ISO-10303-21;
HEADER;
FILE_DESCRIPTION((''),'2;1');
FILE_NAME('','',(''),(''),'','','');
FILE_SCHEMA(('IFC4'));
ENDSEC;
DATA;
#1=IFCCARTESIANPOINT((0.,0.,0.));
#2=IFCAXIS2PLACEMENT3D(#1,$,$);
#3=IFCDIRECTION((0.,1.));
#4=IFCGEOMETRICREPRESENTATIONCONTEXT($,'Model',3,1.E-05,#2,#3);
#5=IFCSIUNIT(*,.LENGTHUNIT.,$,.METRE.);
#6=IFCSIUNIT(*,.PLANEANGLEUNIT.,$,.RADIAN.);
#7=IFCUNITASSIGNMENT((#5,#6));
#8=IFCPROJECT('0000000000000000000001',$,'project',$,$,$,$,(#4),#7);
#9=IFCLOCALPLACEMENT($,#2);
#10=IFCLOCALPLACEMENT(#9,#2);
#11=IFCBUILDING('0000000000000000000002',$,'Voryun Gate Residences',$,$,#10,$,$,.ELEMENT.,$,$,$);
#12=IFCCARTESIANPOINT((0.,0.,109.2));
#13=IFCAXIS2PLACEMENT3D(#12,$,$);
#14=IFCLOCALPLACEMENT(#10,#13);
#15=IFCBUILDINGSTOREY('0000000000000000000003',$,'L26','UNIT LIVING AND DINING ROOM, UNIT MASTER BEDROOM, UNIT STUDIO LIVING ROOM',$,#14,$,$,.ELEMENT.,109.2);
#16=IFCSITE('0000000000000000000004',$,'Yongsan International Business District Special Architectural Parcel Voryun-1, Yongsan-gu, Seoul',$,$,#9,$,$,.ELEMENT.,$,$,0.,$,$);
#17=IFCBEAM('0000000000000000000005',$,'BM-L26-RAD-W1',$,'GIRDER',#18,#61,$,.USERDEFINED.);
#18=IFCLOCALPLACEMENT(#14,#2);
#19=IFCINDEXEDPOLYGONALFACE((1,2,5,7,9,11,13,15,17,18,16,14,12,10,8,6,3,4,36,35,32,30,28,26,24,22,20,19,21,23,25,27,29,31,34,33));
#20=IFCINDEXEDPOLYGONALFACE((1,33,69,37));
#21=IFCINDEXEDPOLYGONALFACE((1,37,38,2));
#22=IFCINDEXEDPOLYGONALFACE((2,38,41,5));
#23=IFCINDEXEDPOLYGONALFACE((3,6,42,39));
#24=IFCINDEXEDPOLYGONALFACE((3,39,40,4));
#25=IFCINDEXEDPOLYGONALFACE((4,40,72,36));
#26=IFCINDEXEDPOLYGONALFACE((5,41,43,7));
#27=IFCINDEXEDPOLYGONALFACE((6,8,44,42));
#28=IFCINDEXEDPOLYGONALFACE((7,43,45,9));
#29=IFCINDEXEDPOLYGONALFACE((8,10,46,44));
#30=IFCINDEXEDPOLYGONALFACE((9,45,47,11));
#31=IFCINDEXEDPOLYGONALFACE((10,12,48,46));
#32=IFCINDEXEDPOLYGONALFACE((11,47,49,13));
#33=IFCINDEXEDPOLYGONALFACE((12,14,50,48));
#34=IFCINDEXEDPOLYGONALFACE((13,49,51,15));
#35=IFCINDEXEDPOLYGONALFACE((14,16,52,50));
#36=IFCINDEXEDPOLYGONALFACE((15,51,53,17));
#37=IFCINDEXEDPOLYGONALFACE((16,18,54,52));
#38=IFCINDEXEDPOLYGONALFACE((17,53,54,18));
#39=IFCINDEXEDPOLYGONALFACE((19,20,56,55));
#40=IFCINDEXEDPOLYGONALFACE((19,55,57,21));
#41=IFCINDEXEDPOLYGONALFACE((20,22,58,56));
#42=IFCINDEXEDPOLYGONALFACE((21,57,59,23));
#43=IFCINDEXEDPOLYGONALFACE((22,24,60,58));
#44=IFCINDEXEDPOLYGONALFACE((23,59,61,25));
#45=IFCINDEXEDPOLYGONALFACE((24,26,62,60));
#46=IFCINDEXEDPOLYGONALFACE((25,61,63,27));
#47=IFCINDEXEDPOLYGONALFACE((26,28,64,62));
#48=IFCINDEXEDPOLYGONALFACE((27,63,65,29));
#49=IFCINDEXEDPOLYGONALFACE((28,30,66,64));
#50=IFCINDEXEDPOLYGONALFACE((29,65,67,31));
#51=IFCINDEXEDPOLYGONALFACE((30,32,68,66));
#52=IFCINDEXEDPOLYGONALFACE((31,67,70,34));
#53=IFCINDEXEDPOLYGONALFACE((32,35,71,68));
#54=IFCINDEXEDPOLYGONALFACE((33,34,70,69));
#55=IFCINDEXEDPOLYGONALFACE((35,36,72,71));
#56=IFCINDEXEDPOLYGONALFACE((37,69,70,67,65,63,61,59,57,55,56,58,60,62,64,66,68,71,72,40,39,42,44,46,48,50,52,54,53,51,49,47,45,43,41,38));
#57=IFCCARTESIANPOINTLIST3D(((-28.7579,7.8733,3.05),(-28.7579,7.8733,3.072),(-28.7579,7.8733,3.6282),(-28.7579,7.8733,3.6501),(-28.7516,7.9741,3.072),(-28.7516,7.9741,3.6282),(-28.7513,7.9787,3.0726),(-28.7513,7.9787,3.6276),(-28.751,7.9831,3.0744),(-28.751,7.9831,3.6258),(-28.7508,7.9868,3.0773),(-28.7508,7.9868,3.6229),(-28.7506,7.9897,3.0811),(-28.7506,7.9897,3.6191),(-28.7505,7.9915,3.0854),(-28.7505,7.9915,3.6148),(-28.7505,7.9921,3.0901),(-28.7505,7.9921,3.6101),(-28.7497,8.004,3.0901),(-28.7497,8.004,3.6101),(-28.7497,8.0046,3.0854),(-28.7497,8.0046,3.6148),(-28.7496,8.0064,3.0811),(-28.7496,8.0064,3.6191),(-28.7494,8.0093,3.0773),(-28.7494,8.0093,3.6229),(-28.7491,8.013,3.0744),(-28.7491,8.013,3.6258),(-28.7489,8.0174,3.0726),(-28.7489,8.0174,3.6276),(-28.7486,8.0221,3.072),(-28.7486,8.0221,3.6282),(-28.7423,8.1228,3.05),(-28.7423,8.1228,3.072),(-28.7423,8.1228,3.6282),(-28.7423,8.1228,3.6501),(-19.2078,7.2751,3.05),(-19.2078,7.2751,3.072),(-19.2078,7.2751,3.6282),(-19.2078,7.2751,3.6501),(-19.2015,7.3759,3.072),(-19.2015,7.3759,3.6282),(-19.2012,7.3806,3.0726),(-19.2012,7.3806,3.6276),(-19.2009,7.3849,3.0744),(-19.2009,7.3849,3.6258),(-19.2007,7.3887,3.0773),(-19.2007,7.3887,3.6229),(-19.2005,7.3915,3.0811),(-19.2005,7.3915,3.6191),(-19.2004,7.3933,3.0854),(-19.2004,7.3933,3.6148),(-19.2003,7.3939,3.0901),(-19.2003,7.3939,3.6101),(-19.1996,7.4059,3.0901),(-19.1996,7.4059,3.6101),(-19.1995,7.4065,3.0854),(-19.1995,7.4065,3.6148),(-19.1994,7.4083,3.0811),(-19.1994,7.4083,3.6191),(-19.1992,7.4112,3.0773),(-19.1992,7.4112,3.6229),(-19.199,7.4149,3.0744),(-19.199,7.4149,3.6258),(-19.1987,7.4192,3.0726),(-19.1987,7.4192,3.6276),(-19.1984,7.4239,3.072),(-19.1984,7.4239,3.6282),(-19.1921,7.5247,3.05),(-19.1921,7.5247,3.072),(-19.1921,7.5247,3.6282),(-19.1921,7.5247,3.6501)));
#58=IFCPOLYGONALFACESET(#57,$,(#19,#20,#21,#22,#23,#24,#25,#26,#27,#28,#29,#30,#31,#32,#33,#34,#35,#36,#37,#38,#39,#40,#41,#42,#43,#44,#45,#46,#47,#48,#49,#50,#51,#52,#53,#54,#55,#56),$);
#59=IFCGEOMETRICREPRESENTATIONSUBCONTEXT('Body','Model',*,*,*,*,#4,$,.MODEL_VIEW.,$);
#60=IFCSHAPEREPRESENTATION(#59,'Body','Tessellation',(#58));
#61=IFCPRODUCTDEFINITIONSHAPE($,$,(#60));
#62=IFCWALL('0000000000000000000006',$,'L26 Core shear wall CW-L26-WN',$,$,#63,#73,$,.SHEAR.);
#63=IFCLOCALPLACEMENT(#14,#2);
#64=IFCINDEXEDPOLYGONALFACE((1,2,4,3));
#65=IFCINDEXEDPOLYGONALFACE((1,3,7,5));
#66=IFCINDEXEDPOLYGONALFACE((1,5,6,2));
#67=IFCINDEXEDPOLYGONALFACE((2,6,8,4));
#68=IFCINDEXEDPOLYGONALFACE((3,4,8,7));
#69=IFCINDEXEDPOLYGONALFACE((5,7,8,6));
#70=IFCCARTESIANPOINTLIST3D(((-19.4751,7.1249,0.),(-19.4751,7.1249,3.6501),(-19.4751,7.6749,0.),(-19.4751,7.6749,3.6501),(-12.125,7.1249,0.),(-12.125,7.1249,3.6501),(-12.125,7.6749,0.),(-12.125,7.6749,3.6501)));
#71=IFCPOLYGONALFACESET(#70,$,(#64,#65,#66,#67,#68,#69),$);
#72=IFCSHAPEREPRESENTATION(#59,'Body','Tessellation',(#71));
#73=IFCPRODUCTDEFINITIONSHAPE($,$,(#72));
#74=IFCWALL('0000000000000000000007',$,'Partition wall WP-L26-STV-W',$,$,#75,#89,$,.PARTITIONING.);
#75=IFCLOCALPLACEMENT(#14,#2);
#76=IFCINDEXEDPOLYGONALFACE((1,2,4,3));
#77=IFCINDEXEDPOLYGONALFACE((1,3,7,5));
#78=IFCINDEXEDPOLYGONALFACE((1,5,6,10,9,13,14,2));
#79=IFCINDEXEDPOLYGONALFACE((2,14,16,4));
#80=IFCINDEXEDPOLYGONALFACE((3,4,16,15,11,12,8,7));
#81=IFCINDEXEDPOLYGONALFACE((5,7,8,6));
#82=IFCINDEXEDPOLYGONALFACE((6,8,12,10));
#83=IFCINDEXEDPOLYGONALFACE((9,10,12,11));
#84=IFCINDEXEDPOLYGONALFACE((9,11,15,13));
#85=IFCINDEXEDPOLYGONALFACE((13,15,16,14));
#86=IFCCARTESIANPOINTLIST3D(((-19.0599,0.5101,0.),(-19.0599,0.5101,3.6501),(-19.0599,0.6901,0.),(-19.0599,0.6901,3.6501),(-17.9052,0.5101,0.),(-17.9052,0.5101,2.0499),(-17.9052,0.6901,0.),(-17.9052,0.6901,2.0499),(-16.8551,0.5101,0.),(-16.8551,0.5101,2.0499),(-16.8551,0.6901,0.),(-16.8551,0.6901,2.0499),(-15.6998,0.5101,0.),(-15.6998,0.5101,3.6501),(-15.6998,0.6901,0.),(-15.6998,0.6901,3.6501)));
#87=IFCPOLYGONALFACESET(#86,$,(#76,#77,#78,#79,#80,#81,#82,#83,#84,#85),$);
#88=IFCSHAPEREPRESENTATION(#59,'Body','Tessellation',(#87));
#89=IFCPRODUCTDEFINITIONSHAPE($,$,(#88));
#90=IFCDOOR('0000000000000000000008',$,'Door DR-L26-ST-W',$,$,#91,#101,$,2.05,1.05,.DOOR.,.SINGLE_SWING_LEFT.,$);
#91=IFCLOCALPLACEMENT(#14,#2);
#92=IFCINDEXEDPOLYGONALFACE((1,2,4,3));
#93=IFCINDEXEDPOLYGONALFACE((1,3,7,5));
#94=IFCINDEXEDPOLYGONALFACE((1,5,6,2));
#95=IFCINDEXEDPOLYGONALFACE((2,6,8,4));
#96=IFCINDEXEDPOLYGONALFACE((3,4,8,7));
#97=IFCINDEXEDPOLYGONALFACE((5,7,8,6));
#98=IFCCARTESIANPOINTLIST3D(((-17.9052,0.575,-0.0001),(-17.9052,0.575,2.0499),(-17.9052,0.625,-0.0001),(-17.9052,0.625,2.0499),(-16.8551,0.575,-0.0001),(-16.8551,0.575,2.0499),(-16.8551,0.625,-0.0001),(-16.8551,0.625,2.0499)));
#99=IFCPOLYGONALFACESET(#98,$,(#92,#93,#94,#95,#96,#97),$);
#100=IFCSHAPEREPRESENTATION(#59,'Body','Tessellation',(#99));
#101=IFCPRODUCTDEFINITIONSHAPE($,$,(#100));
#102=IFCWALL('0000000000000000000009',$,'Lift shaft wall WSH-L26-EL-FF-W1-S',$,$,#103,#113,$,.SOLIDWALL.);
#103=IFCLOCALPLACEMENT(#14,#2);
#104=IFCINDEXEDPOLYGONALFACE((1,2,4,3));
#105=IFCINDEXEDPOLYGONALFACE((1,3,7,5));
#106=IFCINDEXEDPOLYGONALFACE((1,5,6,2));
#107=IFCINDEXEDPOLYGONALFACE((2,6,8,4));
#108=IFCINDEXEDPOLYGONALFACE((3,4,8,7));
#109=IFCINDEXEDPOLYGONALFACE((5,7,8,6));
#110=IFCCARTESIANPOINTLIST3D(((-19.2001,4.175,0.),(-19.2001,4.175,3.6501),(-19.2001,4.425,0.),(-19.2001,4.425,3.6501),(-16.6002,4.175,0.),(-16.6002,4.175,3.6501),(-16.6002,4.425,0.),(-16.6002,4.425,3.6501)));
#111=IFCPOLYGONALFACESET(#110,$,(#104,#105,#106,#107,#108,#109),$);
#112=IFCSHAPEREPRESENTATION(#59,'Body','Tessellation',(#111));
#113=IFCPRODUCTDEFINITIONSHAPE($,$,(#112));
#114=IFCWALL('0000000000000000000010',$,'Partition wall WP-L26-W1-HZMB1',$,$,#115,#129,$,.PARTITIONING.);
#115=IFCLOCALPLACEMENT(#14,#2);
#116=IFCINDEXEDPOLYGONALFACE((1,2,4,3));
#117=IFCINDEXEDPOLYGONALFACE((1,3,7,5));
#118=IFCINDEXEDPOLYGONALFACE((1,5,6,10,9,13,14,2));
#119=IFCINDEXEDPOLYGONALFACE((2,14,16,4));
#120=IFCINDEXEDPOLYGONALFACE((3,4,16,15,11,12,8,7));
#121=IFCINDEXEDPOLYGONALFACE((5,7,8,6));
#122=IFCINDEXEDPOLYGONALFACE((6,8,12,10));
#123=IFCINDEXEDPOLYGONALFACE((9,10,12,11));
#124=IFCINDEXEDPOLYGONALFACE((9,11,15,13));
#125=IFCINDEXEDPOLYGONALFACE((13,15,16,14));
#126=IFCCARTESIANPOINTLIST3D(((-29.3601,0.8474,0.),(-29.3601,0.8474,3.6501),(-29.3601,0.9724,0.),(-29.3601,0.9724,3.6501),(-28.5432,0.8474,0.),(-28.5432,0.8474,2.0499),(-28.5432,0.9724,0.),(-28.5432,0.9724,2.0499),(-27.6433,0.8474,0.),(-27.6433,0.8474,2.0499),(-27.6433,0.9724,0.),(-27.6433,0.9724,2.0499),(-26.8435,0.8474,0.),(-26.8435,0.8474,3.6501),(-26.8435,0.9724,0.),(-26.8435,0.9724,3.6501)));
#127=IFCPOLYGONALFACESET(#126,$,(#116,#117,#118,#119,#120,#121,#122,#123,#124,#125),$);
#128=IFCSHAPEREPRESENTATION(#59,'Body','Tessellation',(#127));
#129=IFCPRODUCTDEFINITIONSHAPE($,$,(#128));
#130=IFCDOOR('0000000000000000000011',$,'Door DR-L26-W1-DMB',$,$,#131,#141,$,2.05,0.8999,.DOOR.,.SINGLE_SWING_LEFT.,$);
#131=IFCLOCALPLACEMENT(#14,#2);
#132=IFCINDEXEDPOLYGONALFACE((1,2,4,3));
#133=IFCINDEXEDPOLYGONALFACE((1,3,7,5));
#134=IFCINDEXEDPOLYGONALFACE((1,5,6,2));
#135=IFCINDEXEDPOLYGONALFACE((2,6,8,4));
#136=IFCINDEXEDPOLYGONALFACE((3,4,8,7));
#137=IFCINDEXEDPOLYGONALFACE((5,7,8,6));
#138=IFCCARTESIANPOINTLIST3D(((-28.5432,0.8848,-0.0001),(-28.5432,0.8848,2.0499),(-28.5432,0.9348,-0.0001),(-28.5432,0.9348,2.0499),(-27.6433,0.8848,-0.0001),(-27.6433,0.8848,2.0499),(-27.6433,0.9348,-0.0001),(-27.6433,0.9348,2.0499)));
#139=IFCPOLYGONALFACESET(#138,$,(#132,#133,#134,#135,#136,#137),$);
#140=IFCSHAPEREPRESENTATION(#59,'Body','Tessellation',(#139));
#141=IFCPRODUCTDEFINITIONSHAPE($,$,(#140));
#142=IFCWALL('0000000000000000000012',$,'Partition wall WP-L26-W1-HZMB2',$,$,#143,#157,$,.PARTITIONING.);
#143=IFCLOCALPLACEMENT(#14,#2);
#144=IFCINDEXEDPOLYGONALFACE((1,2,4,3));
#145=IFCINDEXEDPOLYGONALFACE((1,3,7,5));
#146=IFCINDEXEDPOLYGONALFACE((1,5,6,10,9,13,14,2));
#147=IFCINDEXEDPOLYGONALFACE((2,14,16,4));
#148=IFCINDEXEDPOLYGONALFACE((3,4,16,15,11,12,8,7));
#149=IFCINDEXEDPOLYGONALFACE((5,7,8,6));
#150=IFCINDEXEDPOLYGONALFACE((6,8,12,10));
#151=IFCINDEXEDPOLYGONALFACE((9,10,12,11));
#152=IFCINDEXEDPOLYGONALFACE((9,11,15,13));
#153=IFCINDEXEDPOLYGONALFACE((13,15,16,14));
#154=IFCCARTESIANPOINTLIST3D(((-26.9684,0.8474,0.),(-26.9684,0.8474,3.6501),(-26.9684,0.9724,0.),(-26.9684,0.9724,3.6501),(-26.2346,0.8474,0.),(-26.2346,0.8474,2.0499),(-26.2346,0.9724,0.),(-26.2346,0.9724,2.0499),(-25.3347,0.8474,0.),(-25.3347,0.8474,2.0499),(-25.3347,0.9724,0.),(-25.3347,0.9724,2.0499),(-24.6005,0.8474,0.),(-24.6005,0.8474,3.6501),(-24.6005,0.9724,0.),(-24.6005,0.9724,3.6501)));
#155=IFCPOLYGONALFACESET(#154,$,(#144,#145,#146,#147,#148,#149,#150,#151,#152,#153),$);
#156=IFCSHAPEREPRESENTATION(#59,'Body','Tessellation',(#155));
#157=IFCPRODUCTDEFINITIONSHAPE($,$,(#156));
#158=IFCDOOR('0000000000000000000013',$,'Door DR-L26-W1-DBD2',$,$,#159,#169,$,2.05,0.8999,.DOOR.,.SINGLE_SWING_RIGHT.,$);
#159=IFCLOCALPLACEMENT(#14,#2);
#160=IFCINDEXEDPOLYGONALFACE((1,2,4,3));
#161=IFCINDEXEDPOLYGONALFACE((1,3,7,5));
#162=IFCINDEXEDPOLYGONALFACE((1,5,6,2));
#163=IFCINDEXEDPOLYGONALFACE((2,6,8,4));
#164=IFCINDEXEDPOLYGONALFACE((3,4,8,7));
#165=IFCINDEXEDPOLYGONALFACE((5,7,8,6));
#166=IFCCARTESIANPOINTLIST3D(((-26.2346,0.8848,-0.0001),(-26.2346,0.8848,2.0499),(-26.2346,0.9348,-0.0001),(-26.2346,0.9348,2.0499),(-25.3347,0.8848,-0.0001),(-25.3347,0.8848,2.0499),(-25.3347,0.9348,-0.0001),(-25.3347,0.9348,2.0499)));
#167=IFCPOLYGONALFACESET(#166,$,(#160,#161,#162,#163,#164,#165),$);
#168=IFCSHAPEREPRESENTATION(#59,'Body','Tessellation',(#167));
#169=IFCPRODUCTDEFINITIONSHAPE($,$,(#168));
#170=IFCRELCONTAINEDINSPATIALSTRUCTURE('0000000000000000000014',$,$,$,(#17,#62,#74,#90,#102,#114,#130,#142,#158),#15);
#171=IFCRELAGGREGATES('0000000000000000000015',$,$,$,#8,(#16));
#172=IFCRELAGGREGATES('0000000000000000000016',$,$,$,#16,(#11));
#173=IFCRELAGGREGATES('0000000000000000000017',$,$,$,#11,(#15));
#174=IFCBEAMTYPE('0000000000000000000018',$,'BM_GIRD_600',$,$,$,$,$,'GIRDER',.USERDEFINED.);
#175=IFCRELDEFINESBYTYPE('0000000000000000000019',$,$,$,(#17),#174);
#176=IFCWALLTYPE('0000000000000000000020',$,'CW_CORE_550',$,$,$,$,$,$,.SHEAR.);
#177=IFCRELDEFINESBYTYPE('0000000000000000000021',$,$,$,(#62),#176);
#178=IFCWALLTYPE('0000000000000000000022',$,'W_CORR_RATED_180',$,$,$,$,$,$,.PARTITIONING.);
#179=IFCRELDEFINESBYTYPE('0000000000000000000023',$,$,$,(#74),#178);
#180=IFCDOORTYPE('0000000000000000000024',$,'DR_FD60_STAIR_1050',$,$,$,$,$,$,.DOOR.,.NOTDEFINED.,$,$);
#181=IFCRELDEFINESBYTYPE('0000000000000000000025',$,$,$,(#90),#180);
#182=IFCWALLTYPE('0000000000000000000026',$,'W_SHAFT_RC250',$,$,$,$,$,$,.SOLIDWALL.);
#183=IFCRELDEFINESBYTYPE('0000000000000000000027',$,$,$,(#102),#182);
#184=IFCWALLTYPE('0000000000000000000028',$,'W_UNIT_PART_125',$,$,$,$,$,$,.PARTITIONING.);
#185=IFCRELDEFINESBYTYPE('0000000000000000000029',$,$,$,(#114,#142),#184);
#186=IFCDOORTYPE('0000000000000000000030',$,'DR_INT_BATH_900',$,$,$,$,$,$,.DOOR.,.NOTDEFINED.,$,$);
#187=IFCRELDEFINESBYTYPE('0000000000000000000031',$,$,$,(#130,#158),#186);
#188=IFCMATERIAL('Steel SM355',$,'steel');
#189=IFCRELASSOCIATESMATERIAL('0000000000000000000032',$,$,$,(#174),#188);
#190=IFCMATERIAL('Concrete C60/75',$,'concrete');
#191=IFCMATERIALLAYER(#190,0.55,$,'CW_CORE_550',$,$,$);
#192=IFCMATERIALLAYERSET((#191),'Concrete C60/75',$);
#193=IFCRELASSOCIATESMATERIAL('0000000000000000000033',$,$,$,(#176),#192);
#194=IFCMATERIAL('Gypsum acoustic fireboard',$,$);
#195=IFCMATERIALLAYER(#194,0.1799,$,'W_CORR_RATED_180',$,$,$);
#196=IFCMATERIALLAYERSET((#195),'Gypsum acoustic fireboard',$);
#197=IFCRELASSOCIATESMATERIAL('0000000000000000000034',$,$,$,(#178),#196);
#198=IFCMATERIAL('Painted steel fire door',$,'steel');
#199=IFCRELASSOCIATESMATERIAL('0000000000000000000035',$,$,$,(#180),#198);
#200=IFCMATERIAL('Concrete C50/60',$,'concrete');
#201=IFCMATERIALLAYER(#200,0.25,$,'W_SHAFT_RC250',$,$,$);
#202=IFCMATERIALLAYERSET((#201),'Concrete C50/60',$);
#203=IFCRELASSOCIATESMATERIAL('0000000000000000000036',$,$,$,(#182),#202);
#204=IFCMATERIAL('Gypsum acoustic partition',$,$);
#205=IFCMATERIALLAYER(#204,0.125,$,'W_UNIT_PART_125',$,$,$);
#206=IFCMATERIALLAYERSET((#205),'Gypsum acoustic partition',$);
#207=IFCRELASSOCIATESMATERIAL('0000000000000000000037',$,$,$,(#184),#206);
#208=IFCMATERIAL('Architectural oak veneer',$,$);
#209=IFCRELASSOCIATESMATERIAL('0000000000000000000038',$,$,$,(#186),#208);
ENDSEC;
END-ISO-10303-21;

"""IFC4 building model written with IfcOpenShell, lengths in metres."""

from ifc_helpers import new_model, si_unit, direction, frame, frame_2d, origin, origin_2d, place, context, subcontext, project, spatial, rectangle, i_section, extrude, material, layer, layer_set, material_profile, profile_set, type_object, element, fill, save


model = new_model("IFC4")

# Units and contexts
model_context = context("Model", 3, precision=1e-05, world=origin(), true_north=direction((0.0, 1.0)))
body_context = subcontext(model_context, "Body", "Model", "MODEL_VIEW")
ifc_project = project(units=[si_unit("LENGTHUNIT", "METRE"), si_unit("PLANEANGLEUNIT", "RADIAN")], contexts=[model_context])

# Site, building, storey
site_placement = place(None, origin())
site = spatial("IfcSite", under=ifc_project, at=site_placement, Name="Yongsan International Business District Special Architectural Parcel Voryun-1, Yongsan-gu, Seoul", CompositionType="ELEMENT", RefElevation=0.0)
building_placement = place(site_placement, origin())
building = spatial("IfcBuilding", under=site, at=building_placement, Name="Voryun Gate Residences", CompositionType="ELEMENT")
storey_placement = place(building_placement, frame((0.0, 0.0, 109.2)))
storey = spatial("IfcBuildingStorey", under=building, at=storey_placement, Name="L26", Description="UNIT LIVING AND DINING ROOM, UNIT MASTER BEDROOM, UNIT STUDIO LIVING ROOM", CompositionType="ELEMENT", Elevation=109.2)

# Beam
ifc_material_1 = material(Name="Steel SM355", Category="steel")
ifc_material_profile_1 = material_profile(ifc_material_1, i_section(OverallWidth=0.25, OverallDepth=0.6001, WebThickness=0.012, FlangeThickness=0.022, FilletRadius=0.0181, at=origin_2d()), Name="H-600x250x12x22")
ifc_profile_set_1 = profile_set([ifc_material_profile_1], Name="Steel SM355")
beam_type_1 = type_object("IfcBeamType", Name="BM_GIRD_600", ElementType="GIRDER", PredefinedType="USERDEFINED", material=ifc_profile_set_1)
beam_1_placement = place(storey_placement, frame((-19.2, 7.3999, 3.3501), z_axis=(-0.998044, 0.06251, 0.0), x_axis=(-0.06251, -0.998044, 0.0)))
element("IfcBeam", 1, at=beam_1_placement, inside=storey, type_object=beam_type_1, Name="BM-L26-RAD-W1", ObjectType="GIRDER", PredefinedType="USERDEFINED", context=body_context, shape_type="SweptSolid", body=[
    extrude(i_section(OverallWidth=0.25, OverallDepth=0.6001, WebThickness=0.012, FlangeThickness=0.022, FilletRadius=0.0181, at=origin_2d()), origin(), (0.0, 0.0, 1.0), 9.5688),
])

# Wall
ifc_material_2 = material(Name="Concrete C60/75", Category="concrete")
ifc_layer_1 = layer(ifc_material_2, 0.55, Name="CW_CORE_550")
ifc_layer_set_1 = layer_set([ifc_layer_1], Name="Concrete C60/75")
wall_type_1 = type_object("IfcWallType", Name="CW_CORE_550", PredefinedType="SHEAR", material=ifc_layer_set_1)
wall_1_placement = place(storey_placement, frame((-19.4751, 7.3999, 0.0), z_axis=(0.0, 0.0, 1.0), x_axis=(1.0, 0.0, 0.0)))
element("IfcWall", 2, at=wall_1_placement, inside=storey, type_object=wall_type_1, Name="L26 Core shear wall CW-L26-WN", PredefinedType="SHEAR", context=body_context, shape_type="SweptSolid", body=[
    extrude(rectangle(XDim=7.3501, YDim=0.55, at=frame_2d((3.675, 0.0))), origin(), (0.0, 0.0, 1.0), 3.6501),
])

# Wall, opening, door
ifc_material_3 = material(Name="Gypsum acoustic fireboard")
ifc_layer_2 = layer(ifc_material_3, 0.1799, Name="W_CORR_RATED_180")
ifc_layer_set_2 = layer_set([ifc_layer_2], Name="Gypsum acoustic fireboard")
wall_type_2 = type_object("IfcWallType", Name="W_CORR_RATED_180", PredefinedType="PARTITIONING", material=ifc_layer_set_2)
wall_2_placement = place(storey_placement, frame((-19.0601, 0.6001, 0.0), z_axis=(0.0, 0.0, 1.0), x_axis=(1.0, 0.0, 0.0)))
wall_2 = element("IfcWall", 3, at=wall_2_placement, inside=storey, type_object=wall_type_2, Name="Partition wall WP-L26-STV-W", PredefinedType="PARTITIONING", context=body_context, shape_type="SweptSolid", body=[
    extrude(rectangle(XDim=3.3601, YDim=0.1799, at=frame_2d((1.6802, 0.0))), origin(), (0.0, 0.0, 1.0), 3.6501),
])
opening_1_placement = place(wall_2_placement, frame((1.155, 0.0, 0.0)))
opening_1 = element("IfcOpeningElement", 4, at=opening_1_placement, cuts=wall_2, PredefinedType="OPENING", context=body_context, shape_type="SweptSolid", body=[
    extrude(rectangle(XDim=1.05, YDim=2.05, at=frame_2d((0.5249, 1.0249))), frame((0.0, 0.0999, 0.0), z_axis=(0.0, -1.0, 0.0), x_axis=(1.0, 0.0, 0.0)), (0.0, 0.0, 1.0), 0.2),
])
ifc_material_4 = material(Name="Painted steel fire door", Category="steel")
door_type_1 = type_object("IfcDoorType", Name="DR_FD60_STAIR_1050", OperationType="NOTDEFINED", PredefinedType="DOOR", material=ifc_material_4)
door_1_placement = place(opening_1_placement, origin())
door_1 = element("IfcDoor", 5, at=door_1_placement, inside=storey, type_object=door_type_1, Name="Door DR-L26-ST-W", OperationType="SINGLE_SWING_LEFT", OverallHeight=2.05, OverallWidth=1.05, PredefinedType="DOOR", context=body_context, shape_type="SweptSolid", body=[
    extrude(rectangle(XDim=1.05, YDim=2.05, at=frame_2d((0.5249, 1.0249))), frame((0.0, 0.0249, 0.0), z_axis=(0.0, -1.0, 0.0), x_axis=(1.0, 0.0, 0.0)), (0.0, 0.0, 1.0), 0.05),
])
fill(opening_1, door_1)

# Wall
ifc_material_5 = material(Name="Concrete C50/60", Category="concrete")
ifc_layer_3 = layer(ifc_material_5, 0.25, Name="W_SHAFT_RC250")
ifc_layer_set_3 = layer_set([ifc_layer_3], Name="Concrete C50/60")
wall_type_3 = type_object("IfcWallType", Name="W_SHAFT_RC250", PredefinedType="SOLIDWALL", material=ifc_layer_set_3)
wall_3_placement = place(storey_placement, frame((-19.2, 4.3, 0.0), z_axis=(0.0, 0.0, 1.0), x_axis=(1.0, 0.0, 0.0)))
element("IfcWall", 6, at=wall_3_placement, inside=storey, type_object=wall_type_3, Name="Lift shaft wall WSH-L26-EL-FF-W1-S", PredefinedType="SOLIDWALL", context=body_context, shape_type="SweptSolid", body=[
    extrude(rectangle(XDim=2.5999, YDim=0.25, at=frame_2d((1.2998, 0.0))), origin(), (0.0, 0.0, 1.0), 3.6501),
])

# Walls, openings, doors
ifc_material_6 = material(Name="Gypsum acoustic partition")
ifc_layer_4 = layer(ifc_material_6, 0.125, Name="W_UNIT_PART_125")
ifc_layer_set_4 = layer_set([ifc_layer_4], Name="Gypsum acoustic partition")
wall_type_4 = type_object("IfcWallType", Name="W_UNIT_PART_125", PredefinedType="PARTITIONING", material=ifc_layer_set_4)
wall_4_placement = place(storey_placement, frame((-29.3601, 0.9099, 0.0), z_axis=(0.0, 0.0, 1.0), x_axis=(1.0, 0.0, 0.0)))
wall_4 = element("IfcWall", 7, at=wall_4_placement, inside=storey, type_object=wall_type_4, Name="Partition wall WP-L26-W1-HZMB1", PredefinedType="PARTITIONING", context=body_context, shape_type="SweptSolid", body=[
    extrude(rectangle(XDim=2.5166, YDim=0.125, at=frame_2d((1.2583, 0.0))), origin(), (0.0, 0.0, 1.0), 3.6501),
])
opening_2_placement = place(wall_4_placement, frame((0.8169, 0.0, 0.0)))
opening_2 = element("IfcOpeningElement", 8, at=opening_2_placement, cuts=wall_4, PredefinedType="OPENING", context=body_context, shape_type="SweptSolid", body=[
    extrude(rectangle(XDim=0.8999, YDim=2.05, at=frame_2d((0.45, 1.0249))), frame((0.0, 0.0725, 0.0), z_axis=(0.0, -1.0, 0.0), x_axis=(1.0, 0.0, 0.0)), (0.0, 0.0, 1.0), 0.145),
])
ifc_material_7 = material(Name="Architectural oak veneer")
door_type_2 = type_object("IfcDoorType", Name="DR_INT_BATH_900", OperationType="NOTDEFINED", PredefinedType="DOOR", material=ifc_material_7)
door_2_placement = place(opening_2_placement, origin())
door_2 = element("IfcDoor", 9, at=door_2_placement, inside=storey, type_object=door_type_2, Name="Door DR-L26-W1-DMB", OperationType="SINGLE_SWING_LEFT", OverallHeight=2.05, OverallWidth=0.8999, PredefinedType="DOOR", context=body_context, shape_type="SweptSolid", body=[
    extrude(rectangle(XDim=0.8999, YDim=2.05, at=frame_2d((0.45, 1.0249))), frame((0.0, 0.0249, 0.0), z_axis=(0.0, -1.0, 0.0), x_axis=(1.0, 0.0, 0.0)), (0.0, 0.0, 1.0), 0.05),
])
fill(opening_2, door_2)
wall_5_placement = place(storey_placement, frame((-26.9685, 0.9099, 0.0), z_axis=(0.0, 0.0, 1.0), x_axis=(1.0, 0.0, 0.0)))
wall_5 = element("IfcWall", 10, at=wall_5_placement, inside=storey, type_object=wall_type_4, Name="Partition wall WP-L26-W1-HZMB2", PredefinedType="PARTITIONING", context=body_context, shape_type="SweptSolid", body=[
    extrude(rectangle(XDim=2.3679, YDim=0.125, at=frame_2d((1.1841, 0.0))), origin(), (0.0, 0.0, 1.0), 3.6501),
])
opening_3_placement = place(wall_5_placement, frame((0.7339, 0.0, 0.0)))
opening_3 = element("IfcOpeningElement", 11, at=opening_3_placement, cuts=wall_5, PredefinedType="OPENING", context=body_context, shape_type="SweptSolid", body=[
    extrude(rectangle(XDim=0.8999, YDim=2.05, at=frame_2d((0.45, 1.0249))), frame((0.0, 0.0725, 0.0), z_axis=(0.0, -1.0, 0.0), x_axis=(1.0, 0.0, 0.0)), (0.0, 0.0, 1.0), 0.145),
])
door_3_placement = place(opening_3_placement, origin())
door_3 = element("IfcDoor", 12, at=door_3_placement, inside=storey, type_object=door_type_2, Name="Door DR-L26-W1-DBD2", OperationType="SINGLE_SWING_RIGHT", OverallHeight=2.05, OverallWidth=0.8999, PredefinedType="DOOR", context=body_context, shape_type="SweptSolid", body=[
    extrude(rectangle(XDim=0.8999, YDim=2.05, at=frame_2d((0.45, 1.0249))), frame((0.0, 0.0249, 0.0), z_axis=(0.0, -1.0, 0.0), x_axis=(1.0, 0.0, 0.0)), (0.0, 0.0, 1.0), 0.05),
])
fill(opening_3, door_3)

save(model, "model.ifc")
